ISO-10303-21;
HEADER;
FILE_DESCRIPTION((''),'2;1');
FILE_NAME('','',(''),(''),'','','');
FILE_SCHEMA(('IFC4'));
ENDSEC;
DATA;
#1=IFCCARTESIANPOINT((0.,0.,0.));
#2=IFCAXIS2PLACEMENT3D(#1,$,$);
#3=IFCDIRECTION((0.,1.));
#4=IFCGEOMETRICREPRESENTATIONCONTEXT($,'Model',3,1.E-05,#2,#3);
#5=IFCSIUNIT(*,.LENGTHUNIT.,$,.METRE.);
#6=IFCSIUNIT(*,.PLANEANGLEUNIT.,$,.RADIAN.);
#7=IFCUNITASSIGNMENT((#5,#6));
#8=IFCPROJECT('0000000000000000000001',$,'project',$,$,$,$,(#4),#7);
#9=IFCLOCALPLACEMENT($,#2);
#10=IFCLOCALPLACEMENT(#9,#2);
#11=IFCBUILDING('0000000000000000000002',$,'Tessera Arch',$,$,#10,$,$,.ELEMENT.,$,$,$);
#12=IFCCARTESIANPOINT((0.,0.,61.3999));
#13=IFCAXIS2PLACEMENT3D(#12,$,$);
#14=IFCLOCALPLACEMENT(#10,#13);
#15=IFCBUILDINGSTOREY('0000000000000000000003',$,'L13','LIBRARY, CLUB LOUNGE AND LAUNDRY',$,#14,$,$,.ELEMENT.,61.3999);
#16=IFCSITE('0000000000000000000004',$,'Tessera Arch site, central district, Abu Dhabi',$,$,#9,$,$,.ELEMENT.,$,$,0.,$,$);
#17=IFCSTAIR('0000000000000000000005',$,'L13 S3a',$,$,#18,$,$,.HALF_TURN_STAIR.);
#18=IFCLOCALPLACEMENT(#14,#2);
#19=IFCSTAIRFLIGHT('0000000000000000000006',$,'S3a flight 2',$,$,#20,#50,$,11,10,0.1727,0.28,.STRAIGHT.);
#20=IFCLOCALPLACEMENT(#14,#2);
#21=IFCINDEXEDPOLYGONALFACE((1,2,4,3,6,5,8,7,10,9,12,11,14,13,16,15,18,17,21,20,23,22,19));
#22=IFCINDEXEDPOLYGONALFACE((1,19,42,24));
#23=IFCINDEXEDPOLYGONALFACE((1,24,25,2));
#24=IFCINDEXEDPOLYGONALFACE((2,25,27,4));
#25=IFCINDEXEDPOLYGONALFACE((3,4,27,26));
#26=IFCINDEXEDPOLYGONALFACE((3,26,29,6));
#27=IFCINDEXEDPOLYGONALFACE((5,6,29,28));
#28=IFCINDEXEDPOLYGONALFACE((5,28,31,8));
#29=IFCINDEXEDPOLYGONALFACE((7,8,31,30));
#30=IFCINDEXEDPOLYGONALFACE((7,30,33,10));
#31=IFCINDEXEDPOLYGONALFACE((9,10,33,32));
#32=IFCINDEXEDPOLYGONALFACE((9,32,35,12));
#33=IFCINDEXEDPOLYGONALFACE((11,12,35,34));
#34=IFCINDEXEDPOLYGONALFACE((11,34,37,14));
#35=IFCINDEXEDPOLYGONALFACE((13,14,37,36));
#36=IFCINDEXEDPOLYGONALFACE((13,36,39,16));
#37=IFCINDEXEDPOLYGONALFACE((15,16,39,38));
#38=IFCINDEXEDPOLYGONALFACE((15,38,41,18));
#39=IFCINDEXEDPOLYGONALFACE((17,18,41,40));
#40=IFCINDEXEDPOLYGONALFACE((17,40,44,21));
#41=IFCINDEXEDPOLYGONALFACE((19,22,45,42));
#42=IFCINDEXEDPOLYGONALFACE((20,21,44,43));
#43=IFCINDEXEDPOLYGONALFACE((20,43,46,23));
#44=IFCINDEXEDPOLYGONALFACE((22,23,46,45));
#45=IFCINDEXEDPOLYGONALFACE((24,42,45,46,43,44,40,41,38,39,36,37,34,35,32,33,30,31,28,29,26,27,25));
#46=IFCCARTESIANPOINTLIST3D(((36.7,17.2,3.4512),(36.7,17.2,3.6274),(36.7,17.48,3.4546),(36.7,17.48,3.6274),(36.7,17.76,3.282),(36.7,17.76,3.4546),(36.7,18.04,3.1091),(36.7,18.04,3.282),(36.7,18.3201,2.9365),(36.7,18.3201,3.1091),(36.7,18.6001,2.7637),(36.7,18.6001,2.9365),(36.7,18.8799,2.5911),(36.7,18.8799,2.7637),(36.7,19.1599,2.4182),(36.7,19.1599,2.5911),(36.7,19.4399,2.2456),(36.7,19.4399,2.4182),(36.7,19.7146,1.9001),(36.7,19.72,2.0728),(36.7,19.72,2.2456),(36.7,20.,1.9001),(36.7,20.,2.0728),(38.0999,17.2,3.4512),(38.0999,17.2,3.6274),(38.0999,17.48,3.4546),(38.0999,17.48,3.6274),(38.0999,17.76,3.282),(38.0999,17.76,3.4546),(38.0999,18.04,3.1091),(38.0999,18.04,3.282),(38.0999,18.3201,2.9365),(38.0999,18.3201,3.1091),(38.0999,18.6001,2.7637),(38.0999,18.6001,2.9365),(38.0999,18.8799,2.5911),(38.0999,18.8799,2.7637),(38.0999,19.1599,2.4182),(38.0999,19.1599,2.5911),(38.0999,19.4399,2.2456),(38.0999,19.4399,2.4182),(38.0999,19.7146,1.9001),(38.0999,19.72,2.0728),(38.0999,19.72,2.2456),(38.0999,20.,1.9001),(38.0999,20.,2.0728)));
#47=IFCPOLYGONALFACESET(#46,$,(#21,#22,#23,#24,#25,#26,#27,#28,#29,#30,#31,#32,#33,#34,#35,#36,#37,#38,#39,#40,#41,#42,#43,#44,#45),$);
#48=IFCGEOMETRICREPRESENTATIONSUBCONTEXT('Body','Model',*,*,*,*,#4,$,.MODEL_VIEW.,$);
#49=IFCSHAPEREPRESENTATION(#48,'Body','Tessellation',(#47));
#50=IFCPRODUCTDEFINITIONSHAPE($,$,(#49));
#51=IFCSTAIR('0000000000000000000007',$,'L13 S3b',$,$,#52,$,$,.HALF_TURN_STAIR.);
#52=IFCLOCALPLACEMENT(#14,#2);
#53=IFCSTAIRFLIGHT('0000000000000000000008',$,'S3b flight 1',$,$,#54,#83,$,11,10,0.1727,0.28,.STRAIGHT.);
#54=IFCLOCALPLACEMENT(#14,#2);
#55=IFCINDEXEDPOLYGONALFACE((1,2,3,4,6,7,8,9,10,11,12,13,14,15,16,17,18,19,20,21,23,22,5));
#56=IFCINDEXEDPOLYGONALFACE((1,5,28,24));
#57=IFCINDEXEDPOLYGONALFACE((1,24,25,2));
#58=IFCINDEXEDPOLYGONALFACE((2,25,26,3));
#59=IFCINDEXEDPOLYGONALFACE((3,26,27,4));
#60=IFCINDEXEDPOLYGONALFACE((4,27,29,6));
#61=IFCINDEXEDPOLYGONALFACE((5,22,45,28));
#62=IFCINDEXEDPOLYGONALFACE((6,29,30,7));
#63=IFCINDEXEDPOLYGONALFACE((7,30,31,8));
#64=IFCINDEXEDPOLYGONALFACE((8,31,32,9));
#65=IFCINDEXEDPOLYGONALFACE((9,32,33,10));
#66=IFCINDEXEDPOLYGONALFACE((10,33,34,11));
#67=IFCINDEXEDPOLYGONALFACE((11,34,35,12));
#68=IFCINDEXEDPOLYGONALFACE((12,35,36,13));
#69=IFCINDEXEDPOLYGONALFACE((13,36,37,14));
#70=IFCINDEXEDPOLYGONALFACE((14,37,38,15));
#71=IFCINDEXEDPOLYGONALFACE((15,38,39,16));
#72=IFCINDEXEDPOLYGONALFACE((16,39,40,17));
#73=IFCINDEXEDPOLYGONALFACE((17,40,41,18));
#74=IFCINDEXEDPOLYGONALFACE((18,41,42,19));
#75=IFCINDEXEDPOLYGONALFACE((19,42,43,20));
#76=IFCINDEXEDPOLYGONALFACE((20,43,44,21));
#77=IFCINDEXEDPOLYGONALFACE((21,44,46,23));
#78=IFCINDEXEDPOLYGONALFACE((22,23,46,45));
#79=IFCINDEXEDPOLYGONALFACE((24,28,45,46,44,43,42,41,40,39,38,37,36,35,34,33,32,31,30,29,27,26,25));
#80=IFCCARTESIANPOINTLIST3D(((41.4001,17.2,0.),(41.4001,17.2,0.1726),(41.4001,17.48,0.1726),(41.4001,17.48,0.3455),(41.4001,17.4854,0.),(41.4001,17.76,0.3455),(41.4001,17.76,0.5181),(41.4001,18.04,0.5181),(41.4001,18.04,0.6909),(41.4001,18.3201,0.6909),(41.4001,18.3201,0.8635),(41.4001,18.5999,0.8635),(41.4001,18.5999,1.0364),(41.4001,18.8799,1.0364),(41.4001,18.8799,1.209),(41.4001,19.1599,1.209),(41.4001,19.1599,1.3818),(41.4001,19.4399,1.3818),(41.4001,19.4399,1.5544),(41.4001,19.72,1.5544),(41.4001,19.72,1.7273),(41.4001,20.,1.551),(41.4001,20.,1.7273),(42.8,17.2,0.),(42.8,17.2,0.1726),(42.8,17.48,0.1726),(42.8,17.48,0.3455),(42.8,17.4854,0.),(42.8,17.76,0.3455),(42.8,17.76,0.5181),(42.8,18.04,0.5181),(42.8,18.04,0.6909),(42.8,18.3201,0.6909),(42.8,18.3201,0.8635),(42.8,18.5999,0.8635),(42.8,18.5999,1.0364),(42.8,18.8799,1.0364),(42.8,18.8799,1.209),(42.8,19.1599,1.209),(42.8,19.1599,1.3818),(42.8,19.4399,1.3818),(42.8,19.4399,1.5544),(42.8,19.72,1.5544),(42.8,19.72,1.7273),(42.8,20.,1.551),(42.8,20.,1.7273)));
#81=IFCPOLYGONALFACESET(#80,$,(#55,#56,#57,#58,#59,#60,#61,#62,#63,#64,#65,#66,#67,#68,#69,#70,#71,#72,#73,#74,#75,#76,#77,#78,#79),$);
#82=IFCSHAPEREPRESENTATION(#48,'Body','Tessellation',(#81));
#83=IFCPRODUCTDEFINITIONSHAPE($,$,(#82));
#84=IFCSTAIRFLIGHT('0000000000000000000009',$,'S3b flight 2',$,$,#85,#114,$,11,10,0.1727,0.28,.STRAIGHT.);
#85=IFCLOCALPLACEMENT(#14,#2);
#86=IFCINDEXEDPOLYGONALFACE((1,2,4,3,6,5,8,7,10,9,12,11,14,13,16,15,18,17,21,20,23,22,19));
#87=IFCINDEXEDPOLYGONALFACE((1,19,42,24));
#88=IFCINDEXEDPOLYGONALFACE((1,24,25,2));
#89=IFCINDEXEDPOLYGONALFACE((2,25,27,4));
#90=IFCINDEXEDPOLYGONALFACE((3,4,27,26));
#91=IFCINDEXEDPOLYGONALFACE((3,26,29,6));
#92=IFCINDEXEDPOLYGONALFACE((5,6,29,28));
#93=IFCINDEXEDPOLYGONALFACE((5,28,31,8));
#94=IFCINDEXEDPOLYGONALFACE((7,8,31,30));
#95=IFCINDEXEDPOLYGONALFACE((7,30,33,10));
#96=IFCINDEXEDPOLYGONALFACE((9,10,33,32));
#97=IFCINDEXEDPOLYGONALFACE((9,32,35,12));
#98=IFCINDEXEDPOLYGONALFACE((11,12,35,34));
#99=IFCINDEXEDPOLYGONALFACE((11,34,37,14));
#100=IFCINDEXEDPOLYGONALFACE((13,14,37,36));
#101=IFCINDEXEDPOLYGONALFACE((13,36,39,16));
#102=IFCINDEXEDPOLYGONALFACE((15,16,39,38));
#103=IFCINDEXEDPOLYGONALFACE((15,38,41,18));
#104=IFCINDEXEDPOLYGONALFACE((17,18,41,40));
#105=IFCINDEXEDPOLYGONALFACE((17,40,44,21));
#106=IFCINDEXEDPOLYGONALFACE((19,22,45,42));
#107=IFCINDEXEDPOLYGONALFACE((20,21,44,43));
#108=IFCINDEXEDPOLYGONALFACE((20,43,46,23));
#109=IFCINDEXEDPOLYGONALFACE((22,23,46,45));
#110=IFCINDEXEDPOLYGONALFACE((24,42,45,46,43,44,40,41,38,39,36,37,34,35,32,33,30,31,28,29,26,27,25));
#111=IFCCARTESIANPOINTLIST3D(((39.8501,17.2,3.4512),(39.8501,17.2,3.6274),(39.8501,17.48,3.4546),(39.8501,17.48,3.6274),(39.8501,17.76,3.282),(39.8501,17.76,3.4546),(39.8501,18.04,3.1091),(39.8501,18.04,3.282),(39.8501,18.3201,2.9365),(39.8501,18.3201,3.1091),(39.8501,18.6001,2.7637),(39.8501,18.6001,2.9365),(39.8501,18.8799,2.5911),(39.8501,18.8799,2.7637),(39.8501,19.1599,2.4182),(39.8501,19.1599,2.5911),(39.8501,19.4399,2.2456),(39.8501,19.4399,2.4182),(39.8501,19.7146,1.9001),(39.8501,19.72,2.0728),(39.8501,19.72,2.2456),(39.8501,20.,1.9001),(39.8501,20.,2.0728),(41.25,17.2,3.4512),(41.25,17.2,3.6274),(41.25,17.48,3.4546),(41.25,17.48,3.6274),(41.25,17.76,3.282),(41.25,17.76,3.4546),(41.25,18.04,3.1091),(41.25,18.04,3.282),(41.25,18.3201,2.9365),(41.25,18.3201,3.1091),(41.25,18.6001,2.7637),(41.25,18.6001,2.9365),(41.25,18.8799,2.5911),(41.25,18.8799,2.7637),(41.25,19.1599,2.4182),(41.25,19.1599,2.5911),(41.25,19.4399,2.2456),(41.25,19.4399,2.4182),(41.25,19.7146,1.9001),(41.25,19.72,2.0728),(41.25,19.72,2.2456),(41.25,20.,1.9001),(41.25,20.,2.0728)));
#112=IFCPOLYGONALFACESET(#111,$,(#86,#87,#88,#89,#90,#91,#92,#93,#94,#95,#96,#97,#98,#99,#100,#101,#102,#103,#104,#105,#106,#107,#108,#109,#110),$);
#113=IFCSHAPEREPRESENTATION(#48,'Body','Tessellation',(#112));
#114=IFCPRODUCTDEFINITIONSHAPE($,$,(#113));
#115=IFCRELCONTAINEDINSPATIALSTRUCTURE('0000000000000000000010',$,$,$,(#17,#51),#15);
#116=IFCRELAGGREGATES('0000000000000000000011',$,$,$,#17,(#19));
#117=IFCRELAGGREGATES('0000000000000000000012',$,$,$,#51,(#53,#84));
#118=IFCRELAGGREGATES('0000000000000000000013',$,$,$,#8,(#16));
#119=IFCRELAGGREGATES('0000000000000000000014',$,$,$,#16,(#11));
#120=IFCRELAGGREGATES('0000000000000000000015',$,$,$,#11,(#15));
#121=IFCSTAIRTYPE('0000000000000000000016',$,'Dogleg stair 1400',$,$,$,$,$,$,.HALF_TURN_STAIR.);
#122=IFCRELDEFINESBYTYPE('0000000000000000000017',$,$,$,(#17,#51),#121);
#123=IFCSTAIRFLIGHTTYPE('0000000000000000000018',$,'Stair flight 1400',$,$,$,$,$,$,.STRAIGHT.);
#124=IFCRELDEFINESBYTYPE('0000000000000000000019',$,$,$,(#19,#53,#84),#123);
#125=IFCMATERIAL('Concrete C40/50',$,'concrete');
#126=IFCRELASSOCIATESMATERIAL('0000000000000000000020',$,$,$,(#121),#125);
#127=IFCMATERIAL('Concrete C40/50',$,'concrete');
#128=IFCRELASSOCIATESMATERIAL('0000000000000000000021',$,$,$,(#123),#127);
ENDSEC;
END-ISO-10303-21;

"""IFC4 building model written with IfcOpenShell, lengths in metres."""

from ifc_helpers import new_model, si_unit, direction, frame, origin, place, context, subcontext, project, spatial, polyline, outline, extrude, material, type_object, element, aggregate, save


model = new_model("IFC4")

# Units and contexts
model_context = context("Model", 3, precision=1e-05, world=origin(), true_north=direction((0.0, 1.0)))
body_context = subcontext(model_context, "Body", "Model", "MODEL_VIEW")
ifc_project = project(units=[si_unit("LENGTHUNIT", "METRE"), si_unit("PLANEANGLEUNIT", "RADIAN")], contexts=[model_context])

# Site, building, storey
site_placement = place(None, origin())
site = spatial("IfcSite", under=ifc_project, at=site_placement, Name="Tessera Arch site, central district, Abu Dhabi", CompositionType="ELEMENT", RefElevation=0.0)
building_placement = place(site_placement, origin())
building = spatial("IfcBuilding", under=site, at=building_placement, Name="Tessera Arch", CompositionType="ELEMENT")
storey_placement = place(building_placement, frame((0.0, 0.0, 61.3999)))
storey = spatial("IfcBuildingStorey", under=building, at=storey_placement, Name="L13", Description="LIBRARY, CLUB LOUNGE AND LAUNDRY", CompositionType="ELEMENT", Elevation=61.3999)

# Stair, stair flight
ifc_material_1 = material(Name="Concrete C40/50", Category="concrete")
stair_type = type_object("IfcStairType", Name="Dogleg stair 1400", PredefinedType="HALF_TURN_STAIR", material=ifc_material_1)
stair_1_placement = place(storey_placement, origin())
stair_1 = element("IfcStair", 1, at=stair_1_placement, inside=storey, type_object=stair_type, Name="L13 S3a", PredefinedType="HALF_TURN_STAIR")
ifc_material_2 = material(Name="Concrete C40/50", Category="concrete")
stair_flight_type = type_object("IfcStairFlightType", Name="Stair flight 1400", PredefinedType="STRAIGHT", material=ifc_material_2)
stair_flight_1_placement = place(storey_placement, frame((37.3999, 20.0, 1.9001), z_axis=(0.0, 0.0, 1.0), x_axis=(0.0, -1.0, 0.0)))
stair_flight_1 = element("IfcStairFlight", 2, at=stair_flight_1_placement, type_object=stair_flight_type, Name="S3a flight 2", NumberOfRisers=11, NumberOfTreads=10, PredefinedType="STRAIGHT", RiserHeight=0.1727, TreadLength=0.28, context=body_context, shape_type="SweptSolid", body=[
    extrude(outline(polyline([(0.0, 0.0), (0.0, 0.1726), (0.28, 0.1726), (0.28, 0.3455), (0.5601, 0.3455), (0.5601, 0.5181), (0.8401, 0.5181), (0.8401, 0.6909), (1.1201, 0.6909), (1.1201, 0.8635), (1.3999, 0.8635), (1.3999, 1.0364), (1.6799, 1.0364), (1.6799, 1.209), (1.96, 1.209), (1.96, 1.3818), (2.24, 1.3818), (2.24, 1.5544), (2.52, 1.5544), (2.52, 1.7273), (2.8, 1.7273), (2.8, 1.8999), (2.8, 1.551), (0.2854, 0.0), (0.0, 0.0)])), frame((0.0, 0.7, 0.0), z_axis=(0.0, -1.0, 0.0), x_axis=(1.0, 0.0, 0.0)), (0.0, 0.0, 1.0), 1.3999),
])
aggregate(stair_1, [stair_flight_1])

# Stair, stair flights
stair_2_placement = place(storey_placement, origin())
stair_2 = element("IfcStair", 3, at=stair_2_placement, inside=storey, type_object=stair_type, Name="L13 S3b", PredefinedType="HALF_TURN_STAIR")
stair_flight_2_placement = place(storey_placement, frame((42.1001, 17.2, 0.0), z_axis=(0.0, 0.0, 1.0), x_axis=(0.0, 1.0, 0.0)))
stair_flight_2 = element("IfcStairFlight", 4, at=stair_flight_2_placement, type_object=stair_flight_type, Name="S3b flight 1", NumberOfRisers=11, NumberOfTreads=10, PredefinedType="STRAIGHT", RiserHeight=0.1727, TreadLength=0.28, context=body_context, shape_type="SweptSolid", body=[
    extrude(outline(polyline([(0.0, 0.0), (0.0, 0.1726), (0.28, 0.1726), (0.28, 0.3455), (0.5601, 0.3455), (0.5601, 0.5181), (0.8401, 0.5181), (0.8401, 0.6909), (1.1201, 0.6909), (1.1201, 0.8635), (1.3999, 0.8635), (1.3999, 1.0364), (1.6799, 1.0364), (1.6799, 1.209), (1.96, 1.209), (1.96, 1.3818), (2.24, 1.3818), (2.24, 1.5544), (2.52, 1.5544), (2.52, 1.7273), (2.8, 1.7273), (2.8, 1.8999), (2.8, 1.551), (0.2854, 0.0), (0.0, 0.0)])), frame((0.0, 0.7, 0.0), z_axis=(0.0, -1.0, 0.0), x_axis=(1.0, 0.0, 0.0)), (0.0, 0.0, 1.0), 1.3999),
])
stair_flight_3_placement = place(storey_placement, frame((40.55, 20.0, 1.9001), z_axis=(0.0, 0.0, 1.0), x_axis=(0.0, -1.0, 0.0)))
stair_flight_3 = element("IfcStairFlight", 5, at=stair_flight_3_placement, type_object=stair_flight_type, Name="S3b flight 2", NumberOfRisers=11, NumberOfTreads=10, PredefinedType="STRAIGHT", RiserHeight=0.1727, TreadLength=0.28, context=body_context, shape_type="SweptSolid", body=[
    extrude(outline(polyline([(0.0, 0.0), (0.0, 0.1726), (0.28, 0.1726), (0.28, 0.3455), (0.5601, 0.3455), (0.5601, 0.5181), (0.8401, 0.5181), (0.8401, 0.6909), (1.1201, 0.6909), (1.1201, 0.8635), (1.3999, 0.8635), (1.3999, 1.0364), (1.6799, 1.0364), (1.6799, 1.209), (1.96, 1.209), (1.96, 1.3818), (2.24, 1.3818), (2.24, 1.5544), (2.52, 1.5544), (2.52, 1.7273), (2.8, 1.7273), (2.8, 1.8999), (2.8, 1.551), (0.2854, 0.0), (0.0, 0.0)])), frame((0.0, 0.7, 0.0), z_axis=(0.0, -1.0, 0.0), x_axis=(1.0, 0.0, 0.0)), (0.0, 0.0, 1.0), 1.3999),
])
aggregate(stair_2, [stair_flight_2, stair_flight_3])

save(model, "model.ifc")
